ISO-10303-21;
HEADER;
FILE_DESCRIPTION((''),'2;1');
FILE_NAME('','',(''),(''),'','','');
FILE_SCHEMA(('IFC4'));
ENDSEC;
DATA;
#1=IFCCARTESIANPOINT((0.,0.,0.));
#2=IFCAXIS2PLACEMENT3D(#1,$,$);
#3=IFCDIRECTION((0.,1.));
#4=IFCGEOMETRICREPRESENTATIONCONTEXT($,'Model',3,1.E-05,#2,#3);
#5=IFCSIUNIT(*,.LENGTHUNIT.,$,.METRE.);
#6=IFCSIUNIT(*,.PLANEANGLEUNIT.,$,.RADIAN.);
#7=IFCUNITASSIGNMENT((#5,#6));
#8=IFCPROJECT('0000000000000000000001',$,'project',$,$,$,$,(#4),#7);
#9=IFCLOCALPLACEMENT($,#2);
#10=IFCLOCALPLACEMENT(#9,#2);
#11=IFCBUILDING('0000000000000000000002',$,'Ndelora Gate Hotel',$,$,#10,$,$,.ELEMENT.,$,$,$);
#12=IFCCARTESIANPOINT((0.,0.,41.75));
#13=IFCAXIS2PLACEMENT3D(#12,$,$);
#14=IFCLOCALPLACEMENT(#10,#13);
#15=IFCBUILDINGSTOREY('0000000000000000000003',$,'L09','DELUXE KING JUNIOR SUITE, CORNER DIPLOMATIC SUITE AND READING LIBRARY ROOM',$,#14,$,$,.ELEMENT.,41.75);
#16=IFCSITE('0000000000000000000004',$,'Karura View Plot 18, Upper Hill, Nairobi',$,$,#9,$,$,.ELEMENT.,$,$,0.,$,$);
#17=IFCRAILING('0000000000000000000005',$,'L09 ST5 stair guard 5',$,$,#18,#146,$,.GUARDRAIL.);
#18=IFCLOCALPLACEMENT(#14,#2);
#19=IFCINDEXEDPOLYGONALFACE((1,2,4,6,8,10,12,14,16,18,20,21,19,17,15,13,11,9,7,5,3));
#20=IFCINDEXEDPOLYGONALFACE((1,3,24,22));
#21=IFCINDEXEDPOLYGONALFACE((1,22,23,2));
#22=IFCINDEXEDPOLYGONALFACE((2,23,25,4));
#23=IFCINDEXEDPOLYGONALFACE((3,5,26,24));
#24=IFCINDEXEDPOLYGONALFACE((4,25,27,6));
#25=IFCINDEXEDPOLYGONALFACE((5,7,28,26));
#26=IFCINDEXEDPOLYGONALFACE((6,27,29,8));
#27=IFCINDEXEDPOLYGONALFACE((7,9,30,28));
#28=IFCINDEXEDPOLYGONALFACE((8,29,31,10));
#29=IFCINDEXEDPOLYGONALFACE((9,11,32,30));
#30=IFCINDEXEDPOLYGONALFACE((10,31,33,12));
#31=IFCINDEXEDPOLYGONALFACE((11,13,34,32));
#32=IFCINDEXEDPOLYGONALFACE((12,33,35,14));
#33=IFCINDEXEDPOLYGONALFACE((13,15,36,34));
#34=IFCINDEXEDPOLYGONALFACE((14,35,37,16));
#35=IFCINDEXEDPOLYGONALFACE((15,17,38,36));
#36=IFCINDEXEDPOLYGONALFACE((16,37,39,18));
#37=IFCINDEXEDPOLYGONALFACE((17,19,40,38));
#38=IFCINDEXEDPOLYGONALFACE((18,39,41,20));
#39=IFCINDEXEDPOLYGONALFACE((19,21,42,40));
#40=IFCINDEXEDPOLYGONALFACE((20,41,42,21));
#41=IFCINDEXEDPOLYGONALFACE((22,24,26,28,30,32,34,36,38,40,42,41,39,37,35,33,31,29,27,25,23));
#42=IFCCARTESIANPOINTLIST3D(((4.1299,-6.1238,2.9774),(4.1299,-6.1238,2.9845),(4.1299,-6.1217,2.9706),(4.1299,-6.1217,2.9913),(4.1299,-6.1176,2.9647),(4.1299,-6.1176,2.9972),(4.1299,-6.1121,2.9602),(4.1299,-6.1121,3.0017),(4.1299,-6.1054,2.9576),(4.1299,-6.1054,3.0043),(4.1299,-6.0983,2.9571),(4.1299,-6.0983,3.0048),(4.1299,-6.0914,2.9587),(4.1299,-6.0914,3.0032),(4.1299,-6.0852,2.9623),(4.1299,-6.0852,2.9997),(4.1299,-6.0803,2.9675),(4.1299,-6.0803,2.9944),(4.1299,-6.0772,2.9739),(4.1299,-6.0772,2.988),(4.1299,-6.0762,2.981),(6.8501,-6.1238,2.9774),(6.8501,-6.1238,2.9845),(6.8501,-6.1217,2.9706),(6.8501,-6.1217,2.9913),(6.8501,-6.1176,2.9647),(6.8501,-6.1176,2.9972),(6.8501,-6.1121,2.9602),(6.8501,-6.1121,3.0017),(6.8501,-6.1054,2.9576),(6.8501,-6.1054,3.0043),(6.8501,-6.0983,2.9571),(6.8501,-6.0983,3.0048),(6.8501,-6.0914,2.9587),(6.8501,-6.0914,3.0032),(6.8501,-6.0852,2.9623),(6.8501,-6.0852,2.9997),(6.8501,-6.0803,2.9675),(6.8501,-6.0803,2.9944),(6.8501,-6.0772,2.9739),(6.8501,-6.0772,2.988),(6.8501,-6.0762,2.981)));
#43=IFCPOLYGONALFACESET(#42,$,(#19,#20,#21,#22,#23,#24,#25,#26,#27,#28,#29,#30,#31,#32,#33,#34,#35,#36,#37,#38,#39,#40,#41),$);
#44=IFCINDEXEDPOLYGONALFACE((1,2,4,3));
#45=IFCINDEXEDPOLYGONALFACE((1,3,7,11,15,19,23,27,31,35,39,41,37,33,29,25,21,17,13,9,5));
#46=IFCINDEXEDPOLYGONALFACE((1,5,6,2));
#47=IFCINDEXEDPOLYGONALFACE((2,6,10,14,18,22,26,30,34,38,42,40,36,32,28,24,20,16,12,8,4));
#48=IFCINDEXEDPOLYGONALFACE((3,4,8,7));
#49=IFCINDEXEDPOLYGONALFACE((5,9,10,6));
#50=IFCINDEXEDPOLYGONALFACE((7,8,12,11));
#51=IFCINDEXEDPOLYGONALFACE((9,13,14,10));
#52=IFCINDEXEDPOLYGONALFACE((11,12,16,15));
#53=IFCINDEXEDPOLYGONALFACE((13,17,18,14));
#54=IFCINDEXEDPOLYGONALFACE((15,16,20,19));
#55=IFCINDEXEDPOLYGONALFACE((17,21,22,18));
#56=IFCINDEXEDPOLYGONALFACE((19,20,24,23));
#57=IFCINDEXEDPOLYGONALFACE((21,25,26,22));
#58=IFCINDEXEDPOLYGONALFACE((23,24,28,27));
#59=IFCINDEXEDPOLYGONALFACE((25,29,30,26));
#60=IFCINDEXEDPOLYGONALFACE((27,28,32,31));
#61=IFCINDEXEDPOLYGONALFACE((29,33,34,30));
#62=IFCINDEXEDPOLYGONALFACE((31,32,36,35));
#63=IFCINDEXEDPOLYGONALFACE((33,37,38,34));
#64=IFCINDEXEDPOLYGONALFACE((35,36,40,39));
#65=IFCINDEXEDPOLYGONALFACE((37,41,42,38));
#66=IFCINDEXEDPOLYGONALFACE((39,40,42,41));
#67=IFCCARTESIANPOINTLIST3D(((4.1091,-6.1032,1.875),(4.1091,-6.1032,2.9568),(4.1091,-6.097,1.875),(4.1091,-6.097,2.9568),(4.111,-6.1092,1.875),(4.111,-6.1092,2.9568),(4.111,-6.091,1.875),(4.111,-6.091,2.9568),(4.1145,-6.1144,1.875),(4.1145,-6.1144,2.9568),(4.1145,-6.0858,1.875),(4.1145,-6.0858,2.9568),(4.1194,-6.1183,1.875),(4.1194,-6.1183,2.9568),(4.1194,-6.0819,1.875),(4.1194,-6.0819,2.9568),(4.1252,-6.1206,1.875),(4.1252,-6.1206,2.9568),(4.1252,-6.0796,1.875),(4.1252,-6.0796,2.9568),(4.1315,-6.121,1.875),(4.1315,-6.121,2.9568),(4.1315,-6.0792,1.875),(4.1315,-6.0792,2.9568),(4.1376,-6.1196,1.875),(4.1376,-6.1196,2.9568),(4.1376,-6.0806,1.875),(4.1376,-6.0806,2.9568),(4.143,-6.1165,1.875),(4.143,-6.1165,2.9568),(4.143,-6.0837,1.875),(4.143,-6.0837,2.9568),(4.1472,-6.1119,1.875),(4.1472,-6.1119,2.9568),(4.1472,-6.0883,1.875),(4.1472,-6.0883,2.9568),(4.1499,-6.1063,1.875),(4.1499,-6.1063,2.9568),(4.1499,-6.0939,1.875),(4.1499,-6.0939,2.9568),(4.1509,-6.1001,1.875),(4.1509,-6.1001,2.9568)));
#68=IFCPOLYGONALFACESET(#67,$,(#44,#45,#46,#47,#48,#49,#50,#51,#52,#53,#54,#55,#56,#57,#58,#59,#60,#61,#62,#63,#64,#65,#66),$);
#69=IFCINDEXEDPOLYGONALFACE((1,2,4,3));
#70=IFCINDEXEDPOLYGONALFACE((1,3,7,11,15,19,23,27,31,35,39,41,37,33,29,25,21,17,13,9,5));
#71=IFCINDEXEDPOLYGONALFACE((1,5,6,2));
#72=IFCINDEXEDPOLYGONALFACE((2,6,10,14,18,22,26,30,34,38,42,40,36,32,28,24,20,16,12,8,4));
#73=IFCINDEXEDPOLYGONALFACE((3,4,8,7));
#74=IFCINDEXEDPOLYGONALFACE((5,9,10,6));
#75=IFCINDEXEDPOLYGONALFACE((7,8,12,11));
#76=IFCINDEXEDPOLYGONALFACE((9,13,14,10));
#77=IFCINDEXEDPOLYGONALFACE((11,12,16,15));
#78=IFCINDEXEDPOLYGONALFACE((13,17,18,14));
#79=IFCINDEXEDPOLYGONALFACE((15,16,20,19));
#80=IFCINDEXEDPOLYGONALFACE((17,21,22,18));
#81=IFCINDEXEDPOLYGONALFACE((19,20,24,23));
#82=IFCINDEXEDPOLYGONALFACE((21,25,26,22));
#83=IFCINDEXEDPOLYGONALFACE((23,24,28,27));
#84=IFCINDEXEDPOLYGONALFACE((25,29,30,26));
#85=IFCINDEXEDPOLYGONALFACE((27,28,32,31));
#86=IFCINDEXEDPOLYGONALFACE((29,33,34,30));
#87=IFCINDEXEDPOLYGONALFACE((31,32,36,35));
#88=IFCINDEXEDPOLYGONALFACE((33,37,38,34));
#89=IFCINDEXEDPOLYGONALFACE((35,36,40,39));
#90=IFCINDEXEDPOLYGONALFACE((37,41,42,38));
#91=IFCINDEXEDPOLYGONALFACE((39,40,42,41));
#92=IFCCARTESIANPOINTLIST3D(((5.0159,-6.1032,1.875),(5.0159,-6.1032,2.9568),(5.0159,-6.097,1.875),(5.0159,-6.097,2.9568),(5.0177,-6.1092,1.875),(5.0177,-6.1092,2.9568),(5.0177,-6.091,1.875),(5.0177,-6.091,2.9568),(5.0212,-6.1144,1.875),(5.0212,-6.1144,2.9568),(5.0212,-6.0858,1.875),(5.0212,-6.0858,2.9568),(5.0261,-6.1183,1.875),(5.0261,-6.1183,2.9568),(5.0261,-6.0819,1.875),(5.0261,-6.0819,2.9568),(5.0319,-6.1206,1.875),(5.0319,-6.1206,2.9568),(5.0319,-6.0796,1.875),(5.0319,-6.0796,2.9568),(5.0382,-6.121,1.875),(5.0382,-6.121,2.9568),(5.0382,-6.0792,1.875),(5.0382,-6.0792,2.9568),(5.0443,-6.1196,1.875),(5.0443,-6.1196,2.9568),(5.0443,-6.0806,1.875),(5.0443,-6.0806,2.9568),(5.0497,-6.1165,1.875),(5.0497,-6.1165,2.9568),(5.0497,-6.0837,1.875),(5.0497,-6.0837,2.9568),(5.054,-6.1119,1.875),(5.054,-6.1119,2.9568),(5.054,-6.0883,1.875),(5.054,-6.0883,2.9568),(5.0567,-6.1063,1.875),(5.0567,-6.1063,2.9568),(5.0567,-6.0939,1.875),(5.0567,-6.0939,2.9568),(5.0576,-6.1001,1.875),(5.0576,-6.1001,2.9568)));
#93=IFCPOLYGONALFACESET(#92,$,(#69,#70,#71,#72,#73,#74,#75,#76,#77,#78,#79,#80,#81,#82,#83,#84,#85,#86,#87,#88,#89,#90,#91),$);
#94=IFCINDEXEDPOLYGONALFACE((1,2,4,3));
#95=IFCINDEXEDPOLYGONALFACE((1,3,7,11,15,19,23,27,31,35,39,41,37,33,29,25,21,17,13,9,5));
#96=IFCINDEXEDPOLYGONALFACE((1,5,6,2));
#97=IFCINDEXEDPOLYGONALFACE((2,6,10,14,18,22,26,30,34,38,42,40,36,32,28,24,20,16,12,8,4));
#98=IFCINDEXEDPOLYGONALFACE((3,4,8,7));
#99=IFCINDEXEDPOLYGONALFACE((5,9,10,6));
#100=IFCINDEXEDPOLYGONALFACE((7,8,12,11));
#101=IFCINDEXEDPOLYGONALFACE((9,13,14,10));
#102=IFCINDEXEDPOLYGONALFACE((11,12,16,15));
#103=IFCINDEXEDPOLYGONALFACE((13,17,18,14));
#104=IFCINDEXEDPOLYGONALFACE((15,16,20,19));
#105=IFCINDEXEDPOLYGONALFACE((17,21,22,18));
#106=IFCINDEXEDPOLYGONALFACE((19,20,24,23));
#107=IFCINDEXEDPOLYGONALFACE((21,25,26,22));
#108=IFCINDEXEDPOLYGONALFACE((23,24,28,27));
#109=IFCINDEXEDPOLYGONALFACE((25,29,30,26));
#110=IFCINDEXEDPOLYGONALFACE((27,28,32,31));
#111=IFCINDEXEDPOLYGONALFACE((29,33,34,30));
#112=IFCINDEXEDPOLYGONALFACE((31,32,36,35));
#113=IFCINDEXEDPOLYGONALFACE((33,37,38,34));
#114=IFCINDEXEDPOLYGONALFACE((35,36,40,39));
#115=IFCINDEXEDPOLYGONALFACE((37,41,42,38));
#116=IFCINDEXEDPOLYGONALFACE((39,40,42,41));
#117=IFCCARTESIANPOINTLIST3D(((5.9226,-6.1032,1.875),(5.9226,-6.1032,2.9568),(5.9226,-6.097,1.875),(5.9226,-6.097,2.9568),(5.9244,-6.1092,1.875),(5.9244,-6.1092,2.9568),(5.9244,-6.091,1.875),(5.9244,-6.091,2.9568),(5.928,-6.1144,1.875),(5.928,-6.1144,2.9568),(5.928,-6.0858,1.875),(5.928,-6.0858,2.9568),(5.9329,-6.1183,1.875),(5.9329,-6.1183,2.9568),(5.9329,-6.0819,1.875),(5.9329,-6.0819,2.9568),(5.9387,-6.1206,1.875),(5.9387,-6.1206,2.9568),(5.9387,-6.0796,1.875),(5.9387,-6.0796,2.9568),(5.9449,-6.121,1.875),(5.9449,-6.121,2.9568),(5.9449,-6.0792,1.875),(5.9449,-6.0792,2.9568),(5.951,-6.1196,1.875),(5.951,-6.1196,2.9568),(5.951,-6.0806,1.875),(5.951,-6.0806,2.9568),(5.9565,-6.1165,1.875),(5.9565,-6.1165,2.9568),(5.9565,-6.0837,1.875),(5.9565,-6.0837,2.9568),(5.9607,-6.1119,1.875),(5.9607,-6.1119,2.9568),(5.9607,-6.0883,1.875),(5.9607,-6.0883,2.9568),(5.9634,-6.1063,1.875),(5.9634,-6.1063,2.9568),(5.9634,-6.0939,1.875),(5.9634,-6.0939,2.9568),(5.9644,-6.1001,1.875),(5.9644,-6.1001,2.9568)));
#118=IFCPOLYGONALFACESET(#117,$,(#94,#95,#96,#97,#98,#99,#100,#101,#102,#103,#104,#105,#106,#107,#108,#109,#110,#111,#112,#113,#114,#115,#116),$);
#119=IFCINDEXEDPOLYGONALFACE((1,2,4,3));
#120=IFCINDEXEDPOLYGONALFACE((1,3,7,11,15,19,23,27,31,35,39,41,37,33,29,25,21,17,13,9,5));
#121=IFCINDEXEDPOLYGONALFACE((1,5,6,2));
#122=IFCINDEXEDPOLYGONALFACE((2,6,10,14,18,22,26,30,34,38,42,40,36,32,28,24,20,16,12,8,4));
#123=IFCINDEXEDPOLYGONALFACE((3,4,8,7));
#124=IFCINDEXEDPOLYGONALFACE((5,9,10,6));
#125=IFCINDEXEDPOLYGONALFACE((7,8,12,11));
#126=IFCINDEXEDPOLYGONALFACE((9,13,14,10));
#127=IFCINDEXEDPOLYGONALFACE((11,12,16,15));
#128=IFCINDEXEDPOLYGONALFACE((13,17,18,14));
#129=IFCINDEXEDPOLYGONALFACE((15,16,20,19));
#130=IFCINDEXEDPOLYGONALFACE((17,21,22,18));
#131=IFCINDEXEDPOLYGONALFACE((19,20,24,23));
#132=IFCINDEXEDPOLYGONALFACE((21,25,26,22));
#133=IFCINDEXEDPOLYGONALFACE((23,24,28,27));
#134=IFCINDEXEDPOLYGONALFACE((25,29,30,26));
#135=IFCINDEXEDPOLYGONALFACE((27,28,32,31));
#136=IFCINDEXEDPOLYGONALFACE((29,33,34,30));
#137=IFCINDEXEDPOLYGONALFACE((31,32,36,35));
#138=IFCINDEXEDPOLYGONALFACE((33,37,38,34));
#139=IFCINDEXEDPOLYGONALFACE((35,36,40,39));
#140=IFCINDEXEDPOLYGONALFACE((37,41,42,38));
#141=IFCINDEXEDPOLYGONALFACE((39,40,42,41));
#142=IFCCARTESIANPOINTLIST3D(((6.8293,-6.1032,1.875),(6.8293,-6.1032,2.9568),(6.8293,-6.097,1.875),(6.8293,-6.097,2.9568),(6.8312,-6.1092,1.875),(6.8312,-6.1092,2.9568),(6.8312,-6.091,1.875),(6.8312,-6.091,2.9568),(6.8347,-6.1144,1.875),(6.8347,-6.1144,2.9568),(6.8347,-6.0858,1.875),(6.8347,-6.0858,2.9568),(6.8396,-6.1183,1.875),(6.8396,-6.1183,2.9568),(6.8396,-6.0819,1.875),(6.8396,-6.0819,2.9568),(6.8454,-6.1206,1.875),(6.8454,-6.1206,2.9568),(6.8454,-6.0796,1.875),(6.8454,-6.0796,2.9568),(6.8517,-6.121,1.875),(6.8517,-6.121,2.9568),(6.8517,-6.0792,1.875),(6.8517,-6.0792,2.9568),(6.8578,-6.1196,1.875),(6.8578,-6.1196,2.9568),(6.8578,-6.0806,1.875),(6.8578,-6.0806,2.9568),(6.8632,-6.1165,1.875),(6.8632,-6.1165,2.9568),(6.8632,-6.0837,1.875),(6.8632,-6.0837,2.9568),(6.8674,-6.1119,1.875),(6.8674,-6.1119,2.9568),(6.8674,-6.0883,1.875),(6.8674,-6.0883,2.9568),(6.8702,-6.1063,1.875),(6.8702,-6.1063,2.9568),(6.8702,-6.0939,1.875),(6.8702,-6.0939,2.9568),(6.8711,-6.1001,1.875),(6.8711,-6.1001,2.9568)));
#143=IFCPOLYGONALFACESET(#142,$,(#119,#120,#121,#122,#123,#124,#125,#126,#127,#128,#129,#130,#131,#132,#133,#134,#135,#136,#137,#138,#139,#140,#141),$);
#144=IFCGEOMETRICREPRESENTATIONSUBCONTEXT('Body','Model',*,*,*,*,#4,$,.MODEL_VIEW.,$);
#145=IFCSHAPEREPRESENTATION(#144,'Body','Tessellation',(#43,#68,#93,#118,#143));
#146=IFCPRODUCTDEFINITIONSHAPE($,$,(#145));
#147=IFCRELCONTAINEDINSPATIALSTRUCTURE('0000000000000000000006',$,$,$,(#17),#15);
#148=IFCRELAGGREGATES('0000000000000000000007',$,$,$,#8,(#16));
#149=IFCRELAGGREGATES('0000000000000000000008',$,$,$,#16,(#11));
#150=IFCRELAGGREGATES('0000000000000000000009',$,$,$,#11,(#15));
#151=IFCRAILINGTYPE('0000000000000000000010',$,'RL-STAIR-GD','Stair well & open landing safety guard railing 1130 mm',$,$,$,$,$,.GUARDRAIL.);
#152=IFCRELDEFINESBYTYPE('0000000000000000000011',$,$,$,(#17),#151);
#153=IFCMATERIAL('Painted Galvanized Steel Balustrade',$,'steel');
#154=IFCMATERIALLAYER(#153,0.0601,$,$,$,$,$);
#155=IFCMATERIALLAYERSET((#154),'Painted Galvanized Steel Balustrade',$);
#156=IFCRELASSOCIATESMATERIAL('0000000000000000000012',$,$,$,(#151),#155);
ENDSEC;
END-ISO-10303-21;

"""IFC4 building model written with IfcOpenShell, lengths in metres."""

from ifc_helpers import new_model, si_unit, direction, frame, origin, origin_2d, place, context, subcontext, project, spatial, circle, extrude, material, layer, layer_set, type_object, element, save


model = new_model("IFC4")

# Units and contexts
model_context = context("Model", 3, precision=1e-05, world=origin(), true_north=direction((0.0, 1.0)))
body_context = subcontext(model_context, "Body", "Model", "MODEL_VIEW")
ifc_project = project(units=[si_unit("LENGTHUNIT", "METRE"), si_unit("PLANEANGLEUNIT", "RADIAN")], contexts=[model_context])

# Site, building, storey
site_placement = place(None, origin())
site = spatial("IfcSite", under=ifc_project, at=site_placement, Name="Karura View Plot 18, Upper Hill, Nairobi", CompositionType="ELEMENT", RefElevation=0.0)
building_placement = place(site_placement, origin())
building = spatial("IfcBuilding", under=site, at=building_placement, Name="Ndelora Gate Hotel", CompositionType="ELEMENT")
storey_placement = place(building_placement, frame((0.0, 0.0, 41.75)))
storey = spatial("IfcBuildingStorey", under=building, at=storey_placement, Name="L09", Description="DELUXE KING JUNIOR SUITE, CORNER DIPLOMATIC SUITE AND READING LIBRARY ROOM", CompositionType="ELEMENT", Elevation=41.75)

# Railing
ifc_material_1 = material(Name="Painted Galvanized Steel Balustrade", Category="steel")
ifc_layer_1 = layer(ifc_material_1, 0.0601)
ifc_layer_set_1 = layer_set([ifc_layer_1], Name="Painted Galvanized Steel Balustrade")
railing_type = type_object("IfcRailingType", Name="RL-STAIR-GD", Description="Stair well & open landing safety guard railing 1130 mm", PredefinedType="GUARDRAIL", material=ifc_layer_set_1)
railing_1_placement = place(storey_placement, frame((4.1299, -6.1001, 1.875)))
element("IfcRailing", 1, at=railing_1_placement, inside=storey, type_object=railing_type, Name="L09 ST5 stair guard 5", PredefinedType="GUARDRAIL", context=body_context, shape_type="SweptSolid", body=[
    extrude(circle(Radius=0.0239, at=origin_2d()), frame((0.0, 0.0, 1.106), z_axis=(1.0, 0.0, 0.0), x_axis=(0.0, 1.0, 0.0)), (0.0, 0.0, 1.0), 2.7202),
    extrude(circle(Radius=0.021, at=origin_2d()), origin(), (0.0, 0.0, 1.0), 1.0818),
    extrude(circle(Radius=0.021, at=origin_2d()), frame((0.9067, 0.0, 0.0)), (0.0, 0.0, 1.0), 1.0818),
    extrude(circle(Radius=0.021, at=origin_2d()), frame((1.8135, 0.0, 0.0)), (0.0, 0.0, 1.0), 1.0818),
    extrude(circle(Radius=0.021, at=origin_2d()), frame((2.7202, 0.0, 0.0)), (0.0, 0.0, 1.0), 1.0818),
])

save(model, "model.ifc")
